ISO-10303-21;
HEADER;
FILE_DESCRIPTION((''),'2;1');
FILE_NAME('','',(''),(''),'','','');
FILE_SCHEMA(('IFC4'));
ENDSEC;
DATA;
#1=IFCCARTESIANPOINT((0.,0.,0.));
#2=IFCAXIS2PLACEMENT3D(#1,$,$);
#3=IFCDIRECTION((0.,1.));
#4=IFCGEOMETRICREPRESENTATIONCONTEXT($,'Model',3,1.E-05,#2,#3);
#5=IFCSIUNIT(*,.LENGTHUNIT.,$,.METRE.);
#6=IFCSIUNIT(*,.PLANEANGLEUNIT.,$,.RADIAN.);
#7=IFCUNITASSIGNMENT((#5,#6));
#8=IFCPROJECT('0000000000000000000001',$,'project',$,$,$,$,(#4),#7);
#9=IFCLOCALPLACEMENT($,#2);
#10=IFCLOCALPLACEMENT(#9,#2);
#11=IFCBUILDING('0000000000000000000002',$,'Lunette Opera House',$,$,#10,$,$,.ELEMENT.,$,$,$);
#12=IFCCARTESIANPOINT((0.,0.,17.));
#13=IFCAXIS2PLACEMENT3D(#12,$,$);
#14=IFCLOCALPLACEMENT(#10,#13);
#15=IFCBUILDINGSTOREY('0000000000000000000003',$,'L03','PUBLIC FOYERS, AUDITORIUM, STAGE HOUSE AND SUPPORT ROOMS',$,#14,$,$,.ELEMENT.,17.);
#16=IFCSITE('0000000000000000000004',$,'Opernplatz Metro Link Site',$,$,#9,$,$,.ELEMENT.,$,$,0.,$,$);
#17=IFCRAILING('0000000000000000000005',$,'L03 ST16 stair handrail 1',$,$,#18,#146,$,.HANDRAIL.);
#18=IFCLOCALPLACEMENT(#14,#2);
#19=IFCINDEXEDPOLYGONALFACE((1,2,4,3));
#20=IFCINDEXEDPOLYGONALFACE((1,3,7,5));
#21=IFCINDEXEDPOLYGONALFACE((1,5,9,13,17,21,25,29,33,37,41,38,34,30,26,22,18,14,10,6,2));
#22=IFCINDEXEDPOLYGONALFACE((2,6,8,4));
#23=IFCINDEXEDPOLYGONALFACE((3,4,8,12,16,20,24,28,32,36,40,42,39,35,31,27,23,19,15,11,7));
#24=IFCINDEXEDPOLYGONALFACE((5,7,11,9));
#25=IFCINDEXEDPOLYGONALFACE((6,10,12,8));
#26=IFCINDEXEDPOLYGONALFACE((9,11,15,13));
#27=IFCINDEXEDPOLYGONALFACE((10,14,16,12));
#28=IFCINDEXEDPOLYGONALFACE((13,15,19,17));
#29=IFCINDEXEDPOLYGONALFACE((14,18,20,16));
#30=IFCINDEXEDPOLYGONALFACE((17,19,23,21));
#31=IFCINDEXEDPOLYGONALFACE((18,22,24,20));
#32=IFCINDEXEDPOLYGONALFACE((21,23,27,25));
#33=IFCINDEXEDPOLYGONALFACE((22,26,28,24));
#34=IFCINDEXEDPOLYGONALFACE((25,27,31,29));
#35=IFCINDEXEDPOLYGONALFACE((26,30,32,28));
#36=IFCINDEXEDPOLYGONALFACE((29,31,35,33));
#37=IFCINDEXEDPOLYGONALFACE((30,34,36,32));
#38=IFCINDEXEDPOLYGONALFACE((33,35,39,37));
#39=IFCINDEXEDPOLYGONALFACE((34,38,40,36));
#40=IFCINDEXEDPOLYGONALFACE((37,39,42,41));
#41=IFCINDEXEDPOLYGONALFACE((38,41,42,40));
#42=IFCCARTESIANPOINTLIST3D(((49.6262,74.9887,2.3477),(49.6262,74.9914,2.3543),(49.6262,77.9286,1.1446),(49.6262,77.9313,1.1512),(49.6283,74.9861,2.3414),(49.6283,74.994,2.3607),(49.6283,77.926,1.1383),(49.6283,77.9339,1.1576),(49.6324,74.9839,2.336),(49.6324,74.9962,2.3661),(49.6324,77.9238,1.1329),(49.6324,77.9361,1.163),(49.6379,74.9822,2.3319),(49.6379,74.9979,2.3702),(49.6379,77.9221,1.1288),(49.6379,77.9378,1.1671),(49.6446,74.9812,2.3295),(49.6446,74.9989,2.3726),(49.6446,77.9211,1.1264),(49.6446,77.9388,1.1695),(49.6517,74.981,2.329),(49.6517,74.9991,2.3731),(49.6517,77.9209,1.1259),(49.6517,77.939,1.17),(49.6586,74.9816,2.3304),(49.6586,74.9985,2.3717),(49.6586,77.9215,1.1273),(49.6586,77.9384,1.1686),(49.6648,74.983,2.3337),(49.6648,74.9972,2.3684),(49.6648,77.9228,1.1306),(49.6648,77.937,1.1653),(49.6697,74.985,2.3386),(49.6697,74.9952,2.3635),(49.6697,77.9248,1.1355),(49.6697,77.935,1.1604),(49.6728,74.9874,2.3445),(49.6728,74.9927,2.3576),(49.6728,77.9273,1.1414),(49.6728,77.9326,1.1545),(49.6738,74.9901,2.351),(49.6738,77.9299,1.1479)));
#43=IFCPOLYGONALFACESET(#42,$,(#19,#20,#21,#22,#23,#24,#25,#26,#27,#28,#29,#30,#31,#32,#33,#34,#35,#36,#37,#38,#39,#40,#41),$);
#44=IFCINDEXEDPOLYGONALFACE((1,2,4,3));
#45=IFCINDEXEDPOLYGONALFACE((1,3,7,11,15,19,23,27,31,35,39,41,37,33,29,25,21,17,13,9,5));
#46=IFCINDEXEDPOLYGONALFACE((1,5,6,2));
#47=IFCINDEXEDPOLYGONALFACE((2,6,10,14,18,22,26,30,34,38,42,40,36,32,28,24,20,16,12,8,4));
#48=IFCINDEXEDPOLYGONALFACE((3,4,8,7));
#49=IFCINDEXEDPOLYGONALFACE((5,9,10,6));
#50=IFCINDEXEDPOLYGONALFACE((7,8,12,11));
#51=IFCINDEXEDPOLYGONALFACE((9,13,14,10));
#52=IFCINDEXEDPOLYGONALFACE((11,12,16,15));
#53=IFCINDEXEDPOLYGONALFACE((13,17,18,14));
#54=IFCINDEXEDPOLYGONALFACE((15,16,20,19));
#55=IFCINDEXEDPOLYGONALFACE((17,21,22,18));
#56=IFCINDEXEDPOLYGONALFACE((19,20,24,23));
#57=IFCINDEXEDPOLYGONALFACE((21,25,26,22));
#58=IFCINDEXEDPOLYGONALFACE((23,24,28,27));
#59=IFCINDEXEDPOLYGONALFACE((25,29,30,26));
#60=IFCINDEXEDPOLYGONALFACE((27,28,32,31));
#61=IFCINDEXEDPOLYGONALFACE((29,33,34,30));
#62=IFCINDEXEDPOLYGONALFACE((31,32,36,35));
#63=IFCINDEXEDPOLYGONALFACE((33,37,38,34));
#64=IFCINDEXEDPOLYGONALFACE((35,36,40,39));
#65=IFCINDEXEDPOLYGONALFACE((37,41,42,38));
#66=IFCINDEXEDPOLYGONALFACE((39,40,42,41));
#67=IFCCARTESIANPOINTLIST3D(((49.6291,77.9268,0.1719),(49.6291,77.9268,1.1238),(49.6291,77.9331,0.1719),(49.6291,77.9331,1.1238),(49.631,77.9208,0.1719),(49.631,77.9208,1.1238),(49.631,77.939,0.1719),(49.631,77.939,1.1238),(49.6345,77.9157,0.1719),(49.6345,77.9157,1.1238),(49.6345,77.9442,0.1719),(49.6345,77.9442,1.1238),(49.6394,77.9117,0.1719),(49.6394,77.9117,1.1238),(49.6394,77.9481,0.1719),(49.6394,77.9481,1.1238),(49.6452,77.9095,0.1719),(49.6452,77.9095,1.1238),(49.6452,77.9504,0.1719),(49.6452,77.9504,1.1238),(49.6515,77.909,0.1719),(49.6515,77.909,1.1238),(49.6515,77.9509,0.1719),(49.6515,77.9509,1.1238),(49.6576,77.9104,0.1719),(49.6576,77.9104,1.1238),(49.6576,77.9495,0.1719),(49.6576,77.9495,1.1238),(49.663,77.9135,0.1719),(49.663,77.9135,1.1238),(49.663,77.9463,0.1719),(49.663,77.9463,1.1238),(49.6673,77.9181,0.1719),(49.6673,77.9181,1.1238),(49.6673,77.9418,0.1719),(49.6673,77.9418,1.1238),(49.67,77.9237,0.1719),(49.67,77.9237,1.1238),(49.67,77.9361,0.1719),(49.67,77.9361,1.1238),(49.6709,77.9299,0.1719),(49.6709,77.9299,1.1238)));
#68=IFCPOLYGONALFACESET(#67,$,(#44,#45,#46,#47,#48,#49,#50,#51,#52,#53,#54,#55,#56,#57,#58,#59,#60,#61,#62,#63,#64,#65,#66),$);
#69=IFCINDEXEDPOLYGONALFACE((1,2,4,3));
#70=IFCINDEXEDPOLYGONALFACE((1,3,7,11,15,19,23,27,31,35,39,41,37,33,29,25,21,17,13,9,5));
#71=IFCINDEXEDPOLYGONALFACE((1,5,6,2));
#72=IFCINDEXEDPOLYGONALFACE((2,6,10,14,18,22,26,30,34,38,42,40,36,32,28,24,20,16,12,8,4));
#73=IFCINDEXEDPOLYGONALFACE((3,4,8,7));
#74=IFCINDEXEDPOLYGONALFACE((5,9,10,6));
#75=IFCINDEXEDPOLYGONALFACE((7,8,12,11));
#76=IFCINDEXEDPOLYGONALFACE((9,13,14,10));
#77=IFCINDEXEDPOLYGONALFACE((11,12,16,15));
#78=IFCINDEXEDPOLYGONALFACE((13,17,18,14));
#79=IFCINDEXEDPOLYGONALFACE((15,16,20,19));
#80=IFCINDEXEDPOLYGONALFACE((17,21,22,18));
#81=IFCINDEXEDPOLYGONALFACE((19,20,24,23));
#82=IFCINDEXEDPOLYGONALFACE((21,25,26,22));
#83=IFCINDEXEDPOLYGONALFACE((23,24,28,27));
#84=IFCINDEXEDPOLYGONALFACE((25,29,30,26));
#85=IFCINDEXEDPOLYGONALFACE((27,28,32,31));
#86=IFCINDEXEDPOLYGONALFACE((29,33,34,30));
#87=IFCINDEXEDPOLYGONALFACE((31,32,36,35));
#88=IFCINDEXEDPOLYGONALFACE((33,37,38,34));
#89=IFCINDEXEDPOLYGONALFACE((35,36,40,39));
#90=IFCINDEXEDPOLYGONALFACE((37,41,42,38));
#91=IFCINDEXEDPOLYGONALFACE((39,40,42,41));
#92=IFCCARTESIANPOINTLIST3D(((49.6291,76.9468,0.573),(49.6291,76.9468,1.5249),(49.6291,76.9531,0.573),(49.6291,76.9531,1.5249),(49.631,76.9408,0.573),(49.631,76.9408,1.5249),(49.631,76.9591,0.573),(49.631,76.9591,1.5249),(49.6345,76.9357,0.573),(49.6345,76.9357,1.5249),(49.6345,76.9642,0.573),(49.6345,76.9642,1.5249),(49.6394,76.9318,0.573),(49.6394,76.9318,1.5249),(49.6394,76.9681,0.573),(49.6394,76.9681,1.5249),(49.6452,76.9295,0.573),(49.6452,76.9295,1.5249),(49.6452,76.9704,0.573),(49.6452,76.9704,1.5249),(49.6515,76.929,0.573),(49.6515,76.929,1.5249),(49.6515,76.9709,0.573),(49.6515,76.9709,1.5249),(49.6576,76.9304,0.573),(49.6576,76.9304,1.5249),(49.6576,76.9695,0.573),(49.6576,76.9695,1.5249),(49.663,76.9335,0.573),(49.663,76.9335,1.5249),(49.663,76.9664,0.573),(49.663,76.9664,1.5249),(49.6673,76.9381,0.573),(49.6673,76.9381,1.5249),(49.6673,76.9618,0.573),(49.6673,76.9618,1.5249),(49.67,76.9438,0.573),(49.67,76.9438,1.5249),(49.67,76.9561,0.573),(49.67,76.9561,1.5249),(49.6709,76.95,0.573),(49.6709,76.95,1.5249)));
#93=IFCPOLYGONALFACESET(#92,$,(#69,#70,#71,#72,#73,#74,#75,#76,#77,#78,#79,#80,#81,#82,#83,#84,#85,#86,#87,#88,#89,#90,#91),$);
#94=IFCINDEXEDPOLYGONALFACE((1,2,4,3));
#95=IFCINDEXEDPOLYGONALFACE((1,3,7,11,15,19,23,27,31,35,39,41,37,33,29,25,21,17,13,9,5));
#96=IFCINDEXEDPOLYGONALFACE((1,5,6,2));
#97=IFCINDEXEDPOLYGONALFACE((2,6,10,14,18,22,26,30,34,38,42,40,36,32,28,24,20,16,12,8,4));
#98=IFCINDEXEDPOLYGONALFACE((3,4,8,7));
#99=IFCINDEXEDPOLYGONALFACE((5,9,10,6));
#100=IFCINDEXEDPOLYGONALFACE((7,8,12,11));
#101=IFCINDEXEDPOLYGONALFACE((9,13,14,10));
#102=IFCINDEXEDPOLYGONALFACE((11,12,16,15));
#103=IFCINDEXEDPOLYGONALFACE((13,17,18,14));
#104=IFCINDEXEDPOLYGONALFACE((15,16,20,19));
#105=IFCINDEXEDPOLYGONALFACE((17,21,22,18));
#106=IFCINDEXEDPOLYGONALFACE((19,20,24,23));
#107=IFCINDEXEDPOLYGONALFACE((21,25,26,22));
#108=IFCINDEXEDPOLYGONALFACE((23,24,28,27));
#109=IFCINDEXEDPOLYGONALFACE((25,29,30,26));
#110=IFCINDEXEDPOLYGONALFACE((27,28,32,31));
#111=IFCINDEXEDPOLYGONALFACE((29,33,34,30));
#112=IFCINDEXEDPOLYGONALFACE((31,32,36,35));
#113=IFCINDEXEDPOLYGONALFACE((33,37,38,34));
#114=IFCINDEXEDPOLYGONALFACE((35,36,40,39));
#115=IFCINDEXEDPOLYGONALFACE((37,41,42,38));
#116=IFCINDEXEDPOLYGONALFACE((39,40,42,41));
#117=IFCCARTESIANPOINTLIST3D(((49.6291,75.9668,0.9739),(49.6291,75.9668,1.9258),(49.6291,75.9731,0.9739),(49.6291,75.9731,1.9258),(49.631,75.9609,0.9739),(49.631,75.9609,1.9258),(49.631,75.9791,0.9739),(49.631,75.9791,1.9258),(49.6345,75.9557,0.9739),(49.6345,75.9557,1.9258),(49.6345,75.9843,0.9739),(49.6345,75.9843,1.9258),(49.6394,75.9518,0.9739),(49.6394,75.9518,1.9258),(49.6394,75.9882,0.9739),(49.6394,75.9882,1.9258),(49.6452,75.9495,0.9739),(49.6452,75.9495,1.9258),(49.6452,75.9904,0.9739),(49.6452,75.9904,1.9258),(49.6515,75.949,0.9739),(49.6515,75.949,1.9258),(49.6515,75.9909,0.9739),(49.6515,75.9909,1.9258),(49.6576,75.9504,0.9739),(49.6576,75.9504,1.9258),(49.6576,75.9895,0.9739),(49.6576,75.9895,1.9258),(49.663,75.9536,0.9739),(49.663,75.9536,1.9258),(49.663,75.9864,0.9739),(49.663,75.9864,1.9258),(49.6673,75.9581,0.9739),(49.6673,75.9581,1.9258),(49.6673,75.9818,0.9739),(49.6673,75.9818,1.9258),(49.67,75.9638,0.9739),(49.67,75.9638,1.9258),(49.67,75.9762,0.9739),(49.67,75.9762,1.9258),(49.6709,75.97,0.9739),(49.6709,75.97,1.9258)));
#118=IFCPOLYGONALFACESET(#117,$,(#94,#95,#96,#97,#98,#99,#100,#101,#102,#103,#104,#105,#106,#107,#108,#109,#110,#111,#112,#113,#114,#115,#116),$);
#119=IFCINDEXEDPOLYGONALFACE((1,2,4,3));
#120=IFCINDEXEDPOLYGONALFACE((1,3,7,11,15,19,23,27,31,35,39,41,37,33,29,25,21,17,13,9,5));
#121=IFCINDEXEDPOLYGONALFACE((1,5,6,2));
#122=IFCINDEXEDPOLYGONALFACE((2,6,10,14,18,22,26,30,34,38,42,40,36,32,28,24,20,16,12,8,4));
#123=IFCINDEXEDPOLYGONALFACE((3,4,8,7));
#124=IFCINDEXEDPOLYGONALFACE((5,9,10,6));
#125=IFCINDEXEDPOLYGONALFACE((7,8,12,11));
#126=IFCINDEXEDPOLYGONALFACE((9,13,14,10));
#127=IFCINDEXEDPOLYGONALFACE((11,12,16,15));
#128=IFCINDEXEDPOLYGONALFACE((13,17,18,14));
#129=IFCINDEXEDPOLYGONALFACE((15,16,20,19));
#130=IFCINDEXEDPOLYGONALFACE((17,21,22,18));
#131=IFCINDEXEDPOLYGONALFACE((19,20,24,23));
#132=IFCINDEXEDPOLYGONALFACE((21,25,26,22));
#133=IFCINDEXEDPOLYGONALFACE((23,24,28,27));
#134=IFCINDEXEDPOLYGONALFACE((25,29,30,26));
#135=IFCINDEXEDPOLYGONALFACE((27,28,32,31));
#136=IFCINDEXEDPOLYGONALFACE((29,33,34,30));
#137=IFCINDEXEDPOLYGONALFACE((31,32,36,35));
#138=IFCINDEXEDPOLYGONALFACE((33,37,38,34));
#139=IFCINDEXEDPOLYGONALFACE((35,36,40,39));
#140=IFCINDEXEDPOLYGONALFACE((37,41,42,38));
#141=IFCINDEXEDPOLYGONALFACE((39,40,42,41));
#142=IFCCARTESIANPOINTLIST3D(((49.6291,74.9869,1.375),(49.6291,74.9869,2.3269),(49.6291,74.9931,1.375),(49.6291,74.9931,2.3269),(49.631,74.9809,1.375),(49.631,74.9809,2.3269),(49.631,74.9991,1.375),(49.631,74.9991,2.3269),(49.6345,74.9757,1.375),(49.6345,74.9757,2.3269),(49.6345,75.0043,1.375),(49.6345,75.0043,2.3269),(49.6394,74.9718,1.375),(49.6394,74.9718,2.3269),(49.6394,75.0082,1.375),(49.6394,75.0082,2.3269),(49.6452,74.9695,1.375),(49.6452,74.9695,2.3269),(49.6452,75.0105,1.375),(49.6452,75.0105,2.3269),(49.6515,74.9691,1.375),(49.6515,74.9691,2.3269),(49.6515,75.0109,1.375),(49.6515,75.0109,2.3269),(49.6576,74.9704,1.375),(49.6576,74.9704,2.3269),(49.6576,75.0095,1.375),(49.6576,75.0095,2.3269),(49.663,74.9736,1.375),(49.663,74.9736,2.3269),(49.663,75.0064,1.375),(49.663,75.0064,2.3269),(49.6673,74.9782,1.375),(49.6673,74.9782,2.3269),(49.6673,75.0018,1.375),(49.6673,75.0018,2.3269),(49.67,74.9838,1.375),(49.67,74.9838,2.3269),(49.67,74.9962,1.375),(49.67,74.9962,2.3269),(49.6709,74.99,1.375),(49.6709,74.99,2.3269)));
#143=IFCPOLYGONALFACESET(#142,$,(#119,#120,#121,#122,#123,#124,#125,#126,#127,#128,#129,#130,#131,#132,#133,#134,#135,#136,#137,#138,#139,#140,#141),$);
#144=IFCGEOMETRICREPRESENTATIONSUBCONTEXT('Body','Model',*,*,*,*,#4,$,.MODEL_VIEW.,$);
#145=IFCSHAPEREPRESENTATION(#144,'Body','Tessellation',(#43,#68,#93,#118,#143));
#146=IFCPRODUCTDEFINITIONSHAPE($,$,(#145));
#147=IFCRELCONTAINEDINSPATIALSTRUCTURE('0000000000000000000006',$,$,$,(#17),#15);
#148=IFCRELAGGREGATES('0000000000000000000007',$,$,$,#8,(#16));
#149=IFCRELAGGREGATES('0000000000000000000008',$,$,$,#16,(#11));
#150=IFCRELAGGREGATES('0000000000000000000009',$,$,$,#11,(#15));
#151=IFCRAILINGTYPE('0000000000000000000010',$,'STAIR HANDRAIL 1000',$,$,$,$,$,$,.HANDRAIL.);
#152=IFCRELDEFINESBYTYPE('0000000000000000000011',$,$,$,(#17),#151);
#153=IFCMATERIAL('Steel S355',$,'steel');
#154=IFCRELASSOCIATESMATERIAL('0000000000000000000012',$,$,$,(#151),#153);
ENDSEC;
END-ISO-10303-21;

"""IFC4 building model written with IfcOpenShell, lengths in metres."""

from ifc_helpers import new_model, si_unit, direction, frame, origin, origin_2d, place, context, subcontext, project, spatial, circle, extrude, material, type_object, element, save


model = new_model("IFC4")

# Units and contexts
model_context = context("Model", 3, precision=1e-05, world=origin(), true_north=direction((0.0, 1.0)))
body_context = subcontext(model_context, "Body", "Model", "MODEL_VIEW")
ifc_project = project(units=[si_unit("LENGTHUNIT", "METRE"), si_unit("PLANEANGLEUNIT", "RADIAN")], contexts=[model_context])

# Site, building, storey
site_placement = place(None, origin())
site = spatial("IfcSite", under=ifc_project, at=site_placement, Name="Opernplatz Metro Link Site", CompositionType="ELEMENT", RefElevation=0.0)
building_placement = place(site_placement, origin())
building = spatial("IfcBuilding", under=site, at=building_placement, Name="Lunette Opera House", CompositionType="ELEMENT")
storey_placement = place(building_placement, frame((0.0, 0.0, 17.0)))
storey = spatial("IfcBuildingStorey", under=building, at=storey_placement, Name="L03", Description="PUBLIC FOYERS, AUDITORIUM, STAGE HOUSE AND SUPPORT ROOMS", CompositionType="ELEMENT", Elevation=17.0)

# Railing
ifc_material_1 = material(Name="Steel S355", Category="steel")
railing_type_1 = type_object("IfcRailingType", Name="STAIR HANDRAIL 1000", PredefinedType="HANDRAIL", material=ifc_material_1)
railing_1_placement = place(storey_placement, frame((49.6499, 77.9299, 0.1719)))
element("IfcRailing", 1, at=railing_1_placement, inside=storey, type_object=railing_type_1, Name="L03 ST16 stair handrail 1", PredefinedType="HANDRAIL", context=body_context, shape_type="SweptSolid", body=[
    extrude(circle(Radius=0.0239, at=origin_2d()), frame((0.0, 0.0, 0.9761), z_axis=(0.0, -0.9255, 0.378747), x_axis=(1.0, 0.0, 0.0)), (0.0, 0.0, 1.0), 3.1765),
    extrude(circle(Radius=0.021, at=origin_2d()), origin(), (0.0, 0.0, 1.0), 0.9519),
    extrude(circle(Radius=0.021, at=origin_2d()), frame((0.0, -0.98, 0.4011)), (0.0, 0.0, 1.0), 0.9519),
    extrude(circle(Radius=0.021, at=origin_2d()), frame((0.0, -1.96, 0.802)), (0.0, 0.0, 1.0), 0.9519),
    extrude(circle(Radius=0.021, at=origin_2d()), frame((0.0, -2.9399, 1.2031)), (0.0, 0.0, 1.0), 0.9519),
])

save(model, "model.ifc")
